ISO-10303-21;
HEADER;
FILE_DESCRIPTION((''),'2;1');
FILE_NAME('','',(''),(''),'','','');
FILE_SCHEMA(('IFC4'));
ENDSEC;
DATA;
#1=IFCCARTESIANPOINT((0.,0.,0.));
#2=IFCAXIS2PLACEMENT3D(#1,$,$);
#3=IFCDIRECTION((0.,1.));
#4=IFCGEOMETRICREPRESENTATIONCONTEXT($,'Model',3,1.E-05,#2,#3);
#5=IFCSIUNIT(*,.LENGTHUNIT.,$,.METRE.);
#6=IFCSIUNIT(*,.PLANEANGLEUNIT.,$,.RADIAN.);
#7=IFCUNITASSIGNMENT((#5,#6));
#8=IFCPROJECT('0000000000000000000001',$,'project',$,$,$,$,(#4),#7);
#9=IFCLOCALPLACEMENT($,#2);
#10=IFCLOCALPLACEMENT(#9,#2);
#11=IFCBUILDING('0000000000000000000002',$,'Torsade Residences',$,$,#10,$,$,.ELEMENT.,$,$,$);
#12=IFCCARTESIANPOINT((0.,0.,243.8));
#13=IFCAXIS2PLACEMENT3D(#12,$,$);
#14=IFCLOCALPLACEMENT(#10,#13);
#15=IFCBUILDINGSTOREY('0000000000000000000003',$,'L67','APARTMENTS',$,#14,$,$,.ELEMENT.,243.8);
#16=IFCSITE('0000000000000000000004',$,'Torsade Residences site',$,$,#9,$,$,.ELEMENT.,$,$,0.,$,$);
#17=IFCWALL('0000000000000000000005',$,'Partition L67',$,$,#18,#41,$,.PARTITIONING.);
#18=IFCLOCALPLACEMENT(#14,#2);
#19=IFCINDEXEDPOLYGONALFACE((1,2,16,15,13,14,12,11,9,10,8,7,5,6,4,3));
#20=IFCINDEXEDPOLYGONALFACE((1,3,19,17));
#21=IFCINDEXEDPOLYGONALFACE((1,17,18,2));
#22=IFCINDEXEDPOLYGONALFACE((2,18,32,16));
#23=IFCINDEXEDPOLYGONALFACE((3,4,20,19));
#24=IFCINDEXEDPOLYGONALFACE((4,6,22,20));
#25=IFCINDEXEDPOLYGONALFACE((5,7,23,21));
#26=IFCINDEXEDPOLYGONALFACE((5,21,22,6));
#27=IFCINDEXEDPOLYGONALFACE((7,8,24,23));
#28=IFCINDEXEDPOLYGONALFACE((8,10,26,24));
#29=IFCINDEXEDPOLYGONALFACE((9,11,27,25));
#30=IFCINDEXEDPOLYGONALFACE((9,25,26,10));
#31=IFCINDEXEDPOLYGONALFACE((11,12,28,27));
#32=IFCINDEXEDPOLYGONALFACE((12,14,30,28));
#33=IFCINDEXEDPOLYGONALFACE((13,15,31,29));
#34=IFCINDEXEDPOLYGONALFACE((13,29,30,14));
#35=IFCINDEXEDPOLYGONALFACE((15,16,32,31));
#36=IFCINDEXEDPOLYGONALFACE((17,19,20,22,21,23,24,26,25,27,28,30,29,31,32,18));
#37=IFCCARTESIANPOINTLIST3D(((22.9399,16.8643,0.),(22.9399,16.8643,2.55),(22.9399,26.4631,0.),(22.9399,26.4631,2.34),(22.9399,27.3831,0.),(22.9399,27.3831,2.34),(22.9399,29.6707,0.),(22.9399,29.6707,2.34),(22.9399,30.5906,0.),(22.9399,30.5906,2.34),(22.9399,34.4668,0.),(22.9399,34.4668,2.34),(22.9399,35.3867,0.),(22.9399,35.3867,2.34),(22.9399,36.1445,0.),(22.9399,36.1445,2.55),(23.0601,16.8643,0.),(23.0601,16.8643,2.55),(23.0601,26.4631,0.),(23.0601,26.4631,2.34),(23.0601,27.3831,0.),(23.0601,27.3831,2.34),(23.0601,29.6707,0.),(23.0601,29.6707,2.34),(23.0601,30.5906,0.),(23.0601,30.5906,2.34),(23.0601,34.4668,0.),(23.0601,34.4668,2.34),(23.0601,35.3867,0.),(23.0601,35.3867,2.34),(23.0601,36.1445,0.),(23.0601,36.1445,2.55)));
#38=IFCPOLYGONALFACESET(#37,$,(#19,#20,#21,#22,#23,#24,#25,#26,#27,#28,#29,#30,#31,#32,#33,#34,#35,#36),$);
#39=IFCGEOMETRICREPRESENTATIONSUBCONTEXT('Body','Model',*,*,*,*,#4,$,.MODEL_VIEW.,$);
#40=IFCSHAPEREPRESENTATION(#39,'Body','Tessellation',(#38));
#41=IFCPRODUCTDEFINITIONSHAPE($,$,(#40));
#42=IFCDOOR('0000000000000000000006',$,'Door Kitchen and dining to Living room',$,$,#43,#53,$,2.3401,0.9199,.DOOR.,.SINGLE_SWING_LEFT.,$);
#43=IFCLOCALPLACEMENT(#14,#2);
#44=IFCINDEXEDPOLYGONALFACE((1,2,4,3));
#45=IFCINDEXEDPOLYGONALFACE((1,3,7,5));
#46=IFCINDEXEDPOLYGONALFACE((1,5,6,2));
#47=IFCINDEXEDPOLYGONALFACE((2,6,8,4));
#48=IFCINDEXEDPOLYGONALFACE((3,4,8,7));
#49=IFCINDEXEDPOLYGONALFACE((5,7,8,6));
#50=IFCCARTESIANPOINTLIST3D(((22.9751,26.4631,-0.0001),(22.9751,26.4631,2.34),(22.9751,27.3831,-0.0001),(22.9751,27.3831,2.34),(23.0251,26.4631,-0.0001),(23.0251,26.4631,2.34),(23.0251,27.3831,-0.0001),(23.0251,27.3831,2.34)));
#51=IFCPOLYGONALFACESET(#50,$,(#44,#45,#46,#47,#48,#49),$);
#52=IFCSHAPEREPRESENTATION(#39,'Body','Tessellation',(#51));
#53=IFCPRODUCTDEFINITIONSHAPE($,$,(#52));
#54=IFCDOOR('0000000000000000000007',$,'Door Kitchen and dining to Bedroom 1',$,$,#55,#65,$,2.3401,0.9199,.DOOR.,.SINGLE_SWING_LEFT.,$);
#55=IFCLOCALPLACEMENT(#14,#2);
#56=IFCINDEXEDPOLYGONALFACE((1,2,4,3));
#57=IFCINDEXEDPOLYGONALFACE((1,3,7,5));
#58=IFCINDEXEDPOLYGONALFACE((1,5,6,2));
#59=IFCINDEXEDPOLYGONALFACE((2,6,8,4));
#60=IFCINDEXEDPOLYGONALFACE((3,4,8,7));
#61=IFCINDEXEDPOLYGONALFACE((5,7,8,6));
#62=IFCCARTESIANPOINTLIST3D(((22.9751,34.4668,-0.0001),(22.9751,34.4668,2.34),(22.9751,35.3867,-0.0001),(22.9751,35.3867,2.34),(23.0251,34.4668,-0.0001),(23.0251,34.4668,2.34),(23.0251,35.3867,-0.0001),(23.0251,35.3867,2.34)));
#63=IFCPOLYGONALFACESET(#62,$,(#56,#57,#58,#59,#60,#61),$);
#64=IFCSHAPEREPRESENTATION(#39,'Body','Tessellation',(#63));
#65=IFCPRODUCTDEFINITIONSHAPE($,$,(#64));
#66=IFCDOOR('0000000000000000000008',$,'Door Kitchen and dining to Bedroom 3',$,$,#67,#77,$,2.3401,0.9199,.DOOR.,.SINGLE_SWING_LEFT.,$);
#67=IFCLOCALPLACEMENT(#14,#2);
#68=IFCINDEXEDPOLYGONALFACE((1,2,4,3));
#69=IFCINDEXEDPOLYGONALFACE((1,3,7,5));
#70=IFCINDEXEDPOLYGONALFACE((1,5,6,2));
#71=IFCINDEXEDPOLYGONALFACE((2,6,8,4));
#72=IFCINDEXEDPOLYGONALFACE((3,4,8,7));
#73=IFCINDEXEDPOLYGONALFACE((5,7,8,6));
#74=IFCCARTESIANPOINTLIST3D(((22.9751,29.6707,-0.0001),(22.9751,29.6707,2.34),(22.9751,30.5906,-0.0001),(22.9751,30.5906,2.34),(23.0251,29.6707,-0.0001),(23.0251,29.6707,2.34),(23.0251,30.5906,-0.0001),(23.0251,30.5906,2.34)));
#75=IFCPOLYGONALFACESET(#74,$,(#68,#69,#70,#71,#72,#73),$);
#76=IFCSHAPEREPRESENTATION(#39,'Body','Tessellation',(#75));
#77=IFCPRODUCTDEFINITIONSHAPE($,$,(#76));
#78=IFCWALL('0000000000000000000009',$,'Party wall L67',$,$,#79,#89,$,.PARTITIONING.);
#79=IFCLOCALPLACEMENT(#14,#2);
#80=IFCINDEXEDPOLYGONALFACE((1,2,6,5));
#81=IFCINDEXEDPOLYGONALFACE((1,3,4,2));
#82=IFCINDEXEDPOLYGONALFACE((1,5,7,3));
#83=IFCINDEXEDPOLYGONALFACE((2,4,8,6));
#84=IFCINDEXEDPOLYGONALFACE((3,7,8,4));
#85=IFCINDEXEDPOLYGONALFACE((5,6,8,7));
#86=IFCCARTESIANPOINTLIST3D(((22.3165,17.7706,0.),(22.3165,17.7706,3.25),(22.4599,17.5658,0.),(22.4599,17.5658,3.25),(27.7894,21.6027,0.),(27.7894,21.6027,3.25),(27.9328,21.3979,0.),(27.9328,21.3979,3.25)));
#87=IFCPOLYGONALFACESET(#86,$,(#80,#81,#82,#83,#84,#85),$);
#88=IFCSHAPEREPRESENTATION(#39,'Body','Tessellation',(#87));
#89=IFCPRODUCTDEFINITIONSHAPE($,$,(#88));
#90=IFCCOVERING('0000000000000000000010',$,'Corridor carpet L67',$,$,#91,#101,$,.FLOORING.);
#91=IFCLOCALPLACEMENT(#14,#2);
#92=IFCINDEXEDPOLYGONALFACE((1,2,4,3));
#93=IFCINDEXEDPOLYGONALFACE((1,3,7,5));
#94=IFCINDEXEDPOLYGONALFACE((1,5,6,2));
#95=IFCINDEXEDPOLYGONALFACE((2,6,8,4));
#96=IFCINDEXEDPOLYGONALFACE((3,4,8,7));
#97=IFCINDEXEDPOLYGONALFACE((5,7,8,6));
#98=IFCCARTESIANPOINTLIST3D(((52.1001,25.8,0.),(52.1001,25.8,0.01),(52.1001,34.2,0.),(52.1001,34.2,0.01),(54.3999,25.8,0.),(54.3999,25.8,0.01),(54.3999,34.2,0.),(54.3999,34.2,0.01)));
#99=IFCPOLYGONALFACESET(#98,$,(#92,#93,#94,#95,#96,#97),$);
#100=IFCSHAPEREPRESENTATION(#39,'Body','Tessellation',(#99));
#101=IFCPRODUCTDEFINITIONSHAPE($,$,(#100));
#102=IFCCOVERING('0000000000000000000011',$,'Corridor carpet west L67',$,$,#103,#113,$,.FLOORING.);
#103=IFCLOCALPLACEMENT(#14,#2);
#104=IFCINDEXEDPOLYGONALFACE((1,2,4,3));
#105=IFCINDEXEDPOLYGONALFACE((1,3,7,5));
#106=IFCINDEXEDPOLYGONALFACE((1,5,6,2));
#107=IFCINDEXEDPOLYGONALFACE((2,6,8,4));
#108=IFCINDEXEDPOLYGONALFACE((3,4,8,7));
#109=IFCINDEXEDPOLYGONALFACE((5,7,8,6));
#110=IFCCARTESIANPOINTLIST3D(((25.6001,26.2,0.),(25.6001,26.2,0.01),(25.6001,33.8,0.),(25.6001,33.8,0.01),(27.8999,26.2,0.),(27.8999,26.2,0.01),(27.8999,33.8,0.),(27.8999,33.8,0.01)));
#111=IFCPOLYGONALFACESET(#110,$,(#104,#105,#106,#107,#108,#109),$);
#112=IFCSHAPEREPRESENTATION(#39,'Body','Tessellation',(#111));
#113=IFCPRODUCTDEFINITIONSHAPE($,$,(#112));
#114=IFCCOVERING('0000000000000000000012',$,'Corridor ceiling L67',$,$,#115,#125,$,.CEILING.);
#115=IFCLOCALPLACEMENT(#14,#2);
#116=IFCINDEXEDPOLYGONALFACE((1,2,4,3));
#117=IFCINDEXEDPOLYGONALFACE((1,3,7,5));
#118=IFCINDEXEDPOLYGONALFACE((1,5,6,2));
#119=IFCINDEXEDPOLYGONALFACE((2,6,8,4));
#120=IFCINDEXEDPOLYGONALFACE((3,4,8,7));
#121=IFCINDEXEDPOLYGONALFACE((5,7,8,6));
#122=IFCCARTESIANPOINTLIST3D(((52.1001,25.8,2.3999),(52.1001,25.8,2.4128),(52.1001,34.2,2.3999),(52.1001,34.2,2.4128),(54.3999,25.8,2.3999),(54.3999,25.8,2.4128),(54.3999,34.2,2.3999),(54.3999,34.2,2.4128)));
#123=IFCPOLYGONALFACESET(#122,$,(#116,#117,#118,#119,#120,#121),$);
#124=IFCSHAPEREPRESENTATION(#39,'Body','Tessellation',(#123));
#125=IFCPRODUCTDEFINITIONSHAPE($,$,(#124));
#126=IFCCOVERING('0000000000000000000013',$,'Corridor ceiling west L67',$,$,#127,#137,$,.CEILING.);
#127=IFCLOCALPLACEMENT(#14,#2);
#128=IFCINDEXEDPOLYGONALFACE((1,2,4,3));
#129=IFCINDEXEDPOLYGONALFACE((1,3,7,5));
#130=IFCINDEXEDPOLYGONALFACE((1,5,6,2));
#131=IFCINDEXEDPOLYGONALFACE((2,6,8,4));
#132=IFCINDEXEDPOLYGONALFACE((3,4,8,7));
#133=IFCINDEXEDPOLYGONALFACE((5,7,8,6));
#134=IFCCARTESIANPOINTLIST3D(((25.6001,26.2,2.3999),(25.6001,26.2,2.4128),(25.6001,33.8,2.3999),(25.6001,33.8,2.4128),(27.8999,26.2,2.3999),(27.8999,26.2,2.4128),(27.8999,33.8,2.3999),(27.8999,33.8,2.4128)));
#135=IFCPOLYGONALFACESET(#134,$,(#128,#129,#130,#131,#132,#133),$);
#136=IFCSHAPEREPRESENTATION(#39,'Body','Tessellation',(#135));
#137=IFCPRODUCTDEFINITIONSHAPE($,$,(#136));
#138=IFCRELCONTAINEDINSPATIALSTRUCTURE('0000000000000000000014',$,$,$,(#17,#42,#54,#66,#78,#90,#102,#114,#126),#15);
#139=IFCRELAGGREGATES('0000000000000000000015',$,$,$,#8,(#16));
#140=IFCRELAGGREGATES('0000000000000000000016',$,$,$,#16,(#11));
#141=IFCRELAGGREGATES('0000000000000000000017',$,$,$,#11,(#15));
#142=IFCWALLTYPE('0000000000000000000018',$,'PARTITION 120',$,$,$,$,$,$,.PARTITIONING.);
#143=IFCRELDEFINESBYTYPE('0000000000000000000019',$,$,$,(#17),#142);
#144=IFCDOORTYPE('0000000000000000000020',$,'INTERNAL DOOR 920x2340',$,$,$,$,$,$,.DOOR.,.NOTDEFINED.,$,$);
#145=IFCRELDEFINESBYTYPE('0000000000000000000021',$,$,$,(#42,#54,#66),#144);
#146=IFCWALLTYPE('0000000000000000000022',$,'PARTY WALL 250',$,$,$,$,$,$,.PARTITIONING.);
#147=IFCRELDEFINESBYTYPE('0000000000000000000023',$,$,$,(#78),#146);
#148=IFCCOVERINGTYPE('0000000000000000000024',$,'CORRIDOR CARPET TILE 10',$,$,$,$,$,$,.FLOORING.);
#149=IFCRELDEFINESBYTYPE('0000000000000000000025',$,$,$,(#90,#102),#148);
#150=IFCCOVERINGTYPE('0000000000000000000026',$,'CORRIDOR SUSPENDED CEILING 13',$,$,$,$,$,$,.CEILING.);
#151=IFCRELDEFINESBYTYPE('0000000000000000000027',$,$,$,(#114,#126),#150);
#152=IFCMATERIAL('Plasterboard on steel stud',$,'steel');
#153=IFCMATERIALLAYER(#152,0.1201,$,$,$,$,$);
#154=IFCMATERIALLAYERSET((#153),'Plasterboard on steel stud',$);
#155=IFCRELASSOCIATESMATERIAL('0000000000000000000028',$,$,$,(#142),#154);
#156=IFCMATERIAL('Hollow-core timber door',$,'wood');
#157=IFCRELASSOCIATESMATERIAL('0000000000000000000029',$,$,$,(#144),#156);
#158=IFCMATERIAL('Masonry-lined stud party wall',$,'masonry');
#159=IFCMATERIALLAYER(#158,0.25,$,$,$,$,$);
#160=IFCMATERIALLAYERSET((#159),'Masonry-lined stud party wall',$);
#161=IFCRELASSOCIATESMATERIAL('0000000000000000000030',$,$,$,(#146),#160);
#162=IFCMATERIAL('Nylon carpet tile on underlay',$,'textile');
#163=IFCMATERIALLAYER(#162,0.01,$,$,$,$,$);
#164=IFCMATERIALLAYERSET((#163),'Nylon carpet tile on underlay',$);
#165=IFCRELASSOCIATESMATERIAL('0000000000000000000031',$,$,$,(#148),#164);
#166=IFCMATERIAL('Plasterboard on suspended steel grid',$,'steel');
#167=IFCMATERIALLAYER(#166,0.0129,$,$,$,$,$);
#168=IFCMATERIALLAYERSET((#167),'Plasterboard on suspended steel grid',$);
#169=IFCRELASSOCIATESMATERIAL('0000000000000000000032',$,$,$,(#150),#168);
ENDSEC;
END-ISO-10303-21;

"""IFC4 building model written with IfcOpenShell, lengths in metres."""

from ifc_helpers import new_model, si_unit, direction, frame, frame_2d, origin, place, context, subcontext, project, spatial, polyline, rectangle, outline, extrude, material, layer, layer_set, type_object, element, fill, save


model = new_model("IFC4")

# Units and contexts
model_context = context("Model", 3, precision=1e-05, world=origin(), true_north=direction((0.0, 1.0)))
body_context = subcontext(model_context, "Body", "Model", "MODEL_VIEW")
ifc_project = project(units=[si_unit("LENGTHUNIT", "METRE"), si_unit("PLANEANGLEUNIT", "RADIAN")], contexts=[model_context])

# Site, building, storey
site_placement = place(None, origin())
site = spatial("IfcSite", under=ifc_project, at=site_placement, Name="Torsade Residences site", CompositionType="ELEMENT", RefElevation=0.0)
building_placement = place(site_placement, origin())
building = spatial("IfcBuilding", under=site, at=building_placement, Name="Torsade Residences", CompositionType="ELEMENT")
storey_placement = place(building_placement, frame((0.0, 0.0, 243.8)))
storey = spatial("IfcBuildingStorey", under=building, at=storey_placement, Name="L67", Description="APARTMENTS", CompositionType="ELEMENT", Elevation=243.8)

# Wall, openings, doors
ifc_material_1 = material(Name="Plasterboard on steel stud", Category="steel")
ifc_layer_1 = layer(ifc_material_1, 0.1201)
ifc_layer_set_1 = layer_set([ifc_layer_1], Name="Plasterboard on steel stud")
wall_type_1 = type_object("IfcWallType", Name="PARTITION 120", PredefinedType="PARTITIONING", material=ifc_layer_set_1)
wall_1_placement = place(storey_placement, frame((23.0, 16.8643, 0.0), z_axis=(0.0, 0.0, 1.0), x_axis=(0.0, 1.0, 0.0)))
wall_1 = element("IfcWall", 1, at=wall_1_placement, inside=storey, type_object=wall_type_1, Name="Partition L67", PredefinedType="PARTITIONING", context=body_context, shape_type="SweptSolid", body=[
    extrude(rectangle(XDim=19.2803, YDim=0.1201, at=frame_2d((9.6401, 0.0))), origin(), (0.0, 0.0, 1.0), 2.55),
])
opening_1_placement = place(wall_1_placement, frame((9.5989, 0.0, 0.0)))
opening_1 = element("IfcOpeningElement", 2, at=opening_1_placement, cuts=wall_1, PredefinedType="OPENING", context=body_context, shape_type="SweptSolid", body=[
    extrude(rectangle(XDim=0.9199, YDim=2.3401, at=frame_2d((0.46, 1.1699))), frame((0.0, 0.0701, 0.0), z_axis=(0.0, -1.0, 0.0), x_axis=(1.0, 0.0, 0.0)), (0.0, 0.0, 1.0), 0.1401),
])
opening_2_placement = place(wall_1_placement, frame((17.6025, 0.0, 0.0)))
opening_2 = element("IfcOpeningElement", 3, at=opening_2_placement, cuts=wall_1, PredefinedType="OPENING", context=body_context, shape_type="SweptSolid", body=[
    extrude(rectangle(XDim=0.9199, YDim=2.3401, at=frame_2d((0.46, 1.1699))), frame((0.0, 0.0701, 0.0), z_axis=(0.0, -1.0, 0.0), x_axis=(1.0, 0.0, 0.0)), (0.0, 0.0, 1.0), 0.1401),
])
opening_3_placement = place(wall_1_placement, frame((12.8064, 0.0, 0.0)))
opening_3 = element("IfcOpeningElement", 4, at=opening_3_placement, cuts=wall_1, PredefinedType="OPENING", context=body_context, shape_type="SweptSolid", body=[
    extrude(rectangle(XDim=0.9199, YDim=2.3401, at=frame_2d((0.46, 1.1699))), frame((0.0, 0.0701, 0.0), z_axis=(0.0, -1.0, 0.0), x_axis=(1.0, 0.0, 0.0)), (0.0, 0.0, 1.0), 0.1401),
])
ifc_material_2 = material(Name="Hollow-core timber door", Category="wood")
door_type = type_object("IfcDoorType", Name="INTERNAL DOOR 920x2340", OperationType="NOTDEFINED", PredefinedType="DOOR", material=ifc_material_2)
door_1_placement = place(opening_1_placement, origin())
door_1 = element("IfcDoor", 5, at=door_1_placement, inside=storey, type_object=door_type, Name="Door Kitchen and dining to Living room", OperationType="SINGLE_SWING_LEFT", OverallHeight=2.3401, OverallWidth=0.9199, PredefinedType="DOOR", context=body_context, shape_type="SweptSolid", body=[
    extrude(rectangle(XDim=0.9199, YDim=2.3401, at=frame_2d((0.46, 1.1699))), frame((0.0, 0.0249, 0.0), z_axis=(0.0, -1.0, 0.0), x_axis=(1.0, 0.0, 0.0)), (0.0, 0.0, 1.0), 0.05),
])
fill(opening_1, door_1)
door_2_placement = place(opening_2_placement, origin())
door_2 = element("IfcDoor", 6, at=door_2_placement, inside=storey, type_object=door_type, Name="Door Kitchen and dining to Bedroom 1", OperationType="SINGLE_SWING_LEFT", OverallHeight=2.3401, OverallWidth=0.9199, PredefinedType="DOOR", context=body_context, shape_type="SweptSolid", body=[
    extrude(rectangle(XDim=0.9199, YDim=2.3401, at=frame_2d((0.46, 1.1699))), frame((0.0, 0.0249, 0.0), z_axis=(0.0, -1.0, 0.0), x_axis=(1.0, 0.0, 0.0)), (0.0, 0.0, 1.0), 0.05),
])
fill(opening_2, door_2)
door_3_placement = place(opening_3_placement, origin())
door_3 = element("IfcDoor", 7, at=door_3_placement, inside=storey, type_object=door_type, Name="Door Kitchen and dining to Bedroom 3", OperationType="SINGLE_SWING_LEFT", OverallHeight=2.3401, OverallWidth=0.9199, PredefinedType="DOOR", context=body_context, shape_type="SweptSolid", body=[
    extrude(rectangle(XDim=0.9199, YDim=2.3401, at=frame_2d((0.46, 1.1699))), frame((0.0, 0.0249, 0.0), z_axis=(0.0, -1.0, 0.0), x_axis=(1.0, 0.0, 0.0)), (0.0, 0.0, 1.0), 0.05),
])
fill(opening_3, door_3)

# Wall
ifc_material_3 = material(Name="Masonry-lined stud party wall", Category="masonry")
ifc_layer_2 = layer(ifc_material_3, 0.25)
ifc_layer_set_2 = layer_set([ifc_layer_2], Name="Masonry-lined stud party wall")
wall_type_2 = type_object("IfcWallType", Name="PARTY WALL 250", PredefinedType="PARTITIONING", material=ifc_layer_set_2)
wall_2_placement = place(storey_placement, frame((22.3882, 17.6682, 0.0), z_axis=(0.0, 0.0, 1.0), x_axis=(0.819162, 0.573563, 0.0)))
element("IfcWall", 8, at=wall_2_placement, inside=storey, type_object=wall_type_2, Name="Party wall L67", PredefinedType="PARTITIONING", context=body_context, shape_type="SweptSolid", body=[
    extrude(rectangle(XDim=6.6812, YDim=0.25, at=frame_2d((3.3406, 0.0))), origin(), (0.0, 0.0, 1.0), 3.25),
])

# Coverings
ifc_material_4 = material(Name="Nylon carpet tile on underlay", Category="textile")
ifc_layer_3 = layer(ifc_material_4, 0.01)
ifc_layer_set_3 = layer_set([ifc_layer_3], Name="Nylon carpet tile on underlay")
covering_type_1 = type_object("IfcCoveringType", Name="CORRIDOR CARPET TILE 10", PredefinedType="FLOORING", material=ifc_layer_set_3)
covering_1_placement = place(storey_placement, origin())
element("IfcCovering", 9, at=covering_1_placement, inside=storey, type_object=covering_type_1, Name="Corridor carpet L67", PredefinedType="FLOORING", context=body_context, shape_type="SweptSolid", body=[
    extrude(outline(polyline([(54.3999, 25.8), (54.3999, 34.2), (52.1001, 34.2), (52.1001, 25.8), (54.3999, 25.8)])), origin(), (0.0, 0.0, 1.0), 0.01),
])
covering_2_placement = place(storey_placement, origin())
element("IfcCovering", 10, at=covering_2_placement, inside=storey, type_object=covering_type_1, Name="Corridor carpet west L67", PredefinedType="FLOORING", context=body_context, shape_type="SweptSolid", body=[
    extrude(outline(polyline([(27.8999, 26.2), (27.8999, 33.8), (25.6001, 33.8), (25.6001, 26.2), (27.8999, 26.2)])), origin(), (0.0, 0.0, 1.0), 0.01),
])
ifc_material_5 = material(Name="Plasterboard on suspended steel grid", Category="steel")
ifc_layer_4 = layer(ifc_material_5, 0.0129)
ifc_layer_set_4 = layer_set([ifc_layer_4], Name="Plasterboard on suspended steel grid")
covering_type_2 = type_object("IfcCoveringType", Name="CORRIDOR SUSPENDED CEILING 13", PredefinedType="CEILING", material=ifc_layer_set_4)
covering_3_placement = place(storey_placement, frame((0.0, 0.0, 2.3999)))
element("IfcCovering", 11, at=covering_3_placement, inside=storey, type_object=covering_type_2, Name="Corridor ceiling L67", PredefinedType="CEILING", context=body_context, shape_type="SweptSolid", body=[
    extrude(outline(polyline([(54.3999, 25.8), (54.3999, 34.2), (52.1001, 34.2), (52.1001, 25.8), (54.3999, 25.8)])), origin(), (0.0, 0.0, 1.0), 0.0129),
])
covering_4_placement = place(storey_placement, frame((0.0, 0.0, 2.3999)))
element("IfcCovering", 12, at=covering_4_placement, inside=storey, type_object=covering_type_2, Name="Corridor ceiling west L67", PredefinedType="CEILING", context=body_context, shape_type="SweptSolid", body=[
    extrude(outline(polyline([(27.8999, 26.2), (27.8999, 33.8), (25.6001, 33.8), (25.6001, 26.2), (27.8999, 26.2)])), origin(), (0.0, 0.0, 1.0), 0.0129),
])

save(model, "model.ifc")
